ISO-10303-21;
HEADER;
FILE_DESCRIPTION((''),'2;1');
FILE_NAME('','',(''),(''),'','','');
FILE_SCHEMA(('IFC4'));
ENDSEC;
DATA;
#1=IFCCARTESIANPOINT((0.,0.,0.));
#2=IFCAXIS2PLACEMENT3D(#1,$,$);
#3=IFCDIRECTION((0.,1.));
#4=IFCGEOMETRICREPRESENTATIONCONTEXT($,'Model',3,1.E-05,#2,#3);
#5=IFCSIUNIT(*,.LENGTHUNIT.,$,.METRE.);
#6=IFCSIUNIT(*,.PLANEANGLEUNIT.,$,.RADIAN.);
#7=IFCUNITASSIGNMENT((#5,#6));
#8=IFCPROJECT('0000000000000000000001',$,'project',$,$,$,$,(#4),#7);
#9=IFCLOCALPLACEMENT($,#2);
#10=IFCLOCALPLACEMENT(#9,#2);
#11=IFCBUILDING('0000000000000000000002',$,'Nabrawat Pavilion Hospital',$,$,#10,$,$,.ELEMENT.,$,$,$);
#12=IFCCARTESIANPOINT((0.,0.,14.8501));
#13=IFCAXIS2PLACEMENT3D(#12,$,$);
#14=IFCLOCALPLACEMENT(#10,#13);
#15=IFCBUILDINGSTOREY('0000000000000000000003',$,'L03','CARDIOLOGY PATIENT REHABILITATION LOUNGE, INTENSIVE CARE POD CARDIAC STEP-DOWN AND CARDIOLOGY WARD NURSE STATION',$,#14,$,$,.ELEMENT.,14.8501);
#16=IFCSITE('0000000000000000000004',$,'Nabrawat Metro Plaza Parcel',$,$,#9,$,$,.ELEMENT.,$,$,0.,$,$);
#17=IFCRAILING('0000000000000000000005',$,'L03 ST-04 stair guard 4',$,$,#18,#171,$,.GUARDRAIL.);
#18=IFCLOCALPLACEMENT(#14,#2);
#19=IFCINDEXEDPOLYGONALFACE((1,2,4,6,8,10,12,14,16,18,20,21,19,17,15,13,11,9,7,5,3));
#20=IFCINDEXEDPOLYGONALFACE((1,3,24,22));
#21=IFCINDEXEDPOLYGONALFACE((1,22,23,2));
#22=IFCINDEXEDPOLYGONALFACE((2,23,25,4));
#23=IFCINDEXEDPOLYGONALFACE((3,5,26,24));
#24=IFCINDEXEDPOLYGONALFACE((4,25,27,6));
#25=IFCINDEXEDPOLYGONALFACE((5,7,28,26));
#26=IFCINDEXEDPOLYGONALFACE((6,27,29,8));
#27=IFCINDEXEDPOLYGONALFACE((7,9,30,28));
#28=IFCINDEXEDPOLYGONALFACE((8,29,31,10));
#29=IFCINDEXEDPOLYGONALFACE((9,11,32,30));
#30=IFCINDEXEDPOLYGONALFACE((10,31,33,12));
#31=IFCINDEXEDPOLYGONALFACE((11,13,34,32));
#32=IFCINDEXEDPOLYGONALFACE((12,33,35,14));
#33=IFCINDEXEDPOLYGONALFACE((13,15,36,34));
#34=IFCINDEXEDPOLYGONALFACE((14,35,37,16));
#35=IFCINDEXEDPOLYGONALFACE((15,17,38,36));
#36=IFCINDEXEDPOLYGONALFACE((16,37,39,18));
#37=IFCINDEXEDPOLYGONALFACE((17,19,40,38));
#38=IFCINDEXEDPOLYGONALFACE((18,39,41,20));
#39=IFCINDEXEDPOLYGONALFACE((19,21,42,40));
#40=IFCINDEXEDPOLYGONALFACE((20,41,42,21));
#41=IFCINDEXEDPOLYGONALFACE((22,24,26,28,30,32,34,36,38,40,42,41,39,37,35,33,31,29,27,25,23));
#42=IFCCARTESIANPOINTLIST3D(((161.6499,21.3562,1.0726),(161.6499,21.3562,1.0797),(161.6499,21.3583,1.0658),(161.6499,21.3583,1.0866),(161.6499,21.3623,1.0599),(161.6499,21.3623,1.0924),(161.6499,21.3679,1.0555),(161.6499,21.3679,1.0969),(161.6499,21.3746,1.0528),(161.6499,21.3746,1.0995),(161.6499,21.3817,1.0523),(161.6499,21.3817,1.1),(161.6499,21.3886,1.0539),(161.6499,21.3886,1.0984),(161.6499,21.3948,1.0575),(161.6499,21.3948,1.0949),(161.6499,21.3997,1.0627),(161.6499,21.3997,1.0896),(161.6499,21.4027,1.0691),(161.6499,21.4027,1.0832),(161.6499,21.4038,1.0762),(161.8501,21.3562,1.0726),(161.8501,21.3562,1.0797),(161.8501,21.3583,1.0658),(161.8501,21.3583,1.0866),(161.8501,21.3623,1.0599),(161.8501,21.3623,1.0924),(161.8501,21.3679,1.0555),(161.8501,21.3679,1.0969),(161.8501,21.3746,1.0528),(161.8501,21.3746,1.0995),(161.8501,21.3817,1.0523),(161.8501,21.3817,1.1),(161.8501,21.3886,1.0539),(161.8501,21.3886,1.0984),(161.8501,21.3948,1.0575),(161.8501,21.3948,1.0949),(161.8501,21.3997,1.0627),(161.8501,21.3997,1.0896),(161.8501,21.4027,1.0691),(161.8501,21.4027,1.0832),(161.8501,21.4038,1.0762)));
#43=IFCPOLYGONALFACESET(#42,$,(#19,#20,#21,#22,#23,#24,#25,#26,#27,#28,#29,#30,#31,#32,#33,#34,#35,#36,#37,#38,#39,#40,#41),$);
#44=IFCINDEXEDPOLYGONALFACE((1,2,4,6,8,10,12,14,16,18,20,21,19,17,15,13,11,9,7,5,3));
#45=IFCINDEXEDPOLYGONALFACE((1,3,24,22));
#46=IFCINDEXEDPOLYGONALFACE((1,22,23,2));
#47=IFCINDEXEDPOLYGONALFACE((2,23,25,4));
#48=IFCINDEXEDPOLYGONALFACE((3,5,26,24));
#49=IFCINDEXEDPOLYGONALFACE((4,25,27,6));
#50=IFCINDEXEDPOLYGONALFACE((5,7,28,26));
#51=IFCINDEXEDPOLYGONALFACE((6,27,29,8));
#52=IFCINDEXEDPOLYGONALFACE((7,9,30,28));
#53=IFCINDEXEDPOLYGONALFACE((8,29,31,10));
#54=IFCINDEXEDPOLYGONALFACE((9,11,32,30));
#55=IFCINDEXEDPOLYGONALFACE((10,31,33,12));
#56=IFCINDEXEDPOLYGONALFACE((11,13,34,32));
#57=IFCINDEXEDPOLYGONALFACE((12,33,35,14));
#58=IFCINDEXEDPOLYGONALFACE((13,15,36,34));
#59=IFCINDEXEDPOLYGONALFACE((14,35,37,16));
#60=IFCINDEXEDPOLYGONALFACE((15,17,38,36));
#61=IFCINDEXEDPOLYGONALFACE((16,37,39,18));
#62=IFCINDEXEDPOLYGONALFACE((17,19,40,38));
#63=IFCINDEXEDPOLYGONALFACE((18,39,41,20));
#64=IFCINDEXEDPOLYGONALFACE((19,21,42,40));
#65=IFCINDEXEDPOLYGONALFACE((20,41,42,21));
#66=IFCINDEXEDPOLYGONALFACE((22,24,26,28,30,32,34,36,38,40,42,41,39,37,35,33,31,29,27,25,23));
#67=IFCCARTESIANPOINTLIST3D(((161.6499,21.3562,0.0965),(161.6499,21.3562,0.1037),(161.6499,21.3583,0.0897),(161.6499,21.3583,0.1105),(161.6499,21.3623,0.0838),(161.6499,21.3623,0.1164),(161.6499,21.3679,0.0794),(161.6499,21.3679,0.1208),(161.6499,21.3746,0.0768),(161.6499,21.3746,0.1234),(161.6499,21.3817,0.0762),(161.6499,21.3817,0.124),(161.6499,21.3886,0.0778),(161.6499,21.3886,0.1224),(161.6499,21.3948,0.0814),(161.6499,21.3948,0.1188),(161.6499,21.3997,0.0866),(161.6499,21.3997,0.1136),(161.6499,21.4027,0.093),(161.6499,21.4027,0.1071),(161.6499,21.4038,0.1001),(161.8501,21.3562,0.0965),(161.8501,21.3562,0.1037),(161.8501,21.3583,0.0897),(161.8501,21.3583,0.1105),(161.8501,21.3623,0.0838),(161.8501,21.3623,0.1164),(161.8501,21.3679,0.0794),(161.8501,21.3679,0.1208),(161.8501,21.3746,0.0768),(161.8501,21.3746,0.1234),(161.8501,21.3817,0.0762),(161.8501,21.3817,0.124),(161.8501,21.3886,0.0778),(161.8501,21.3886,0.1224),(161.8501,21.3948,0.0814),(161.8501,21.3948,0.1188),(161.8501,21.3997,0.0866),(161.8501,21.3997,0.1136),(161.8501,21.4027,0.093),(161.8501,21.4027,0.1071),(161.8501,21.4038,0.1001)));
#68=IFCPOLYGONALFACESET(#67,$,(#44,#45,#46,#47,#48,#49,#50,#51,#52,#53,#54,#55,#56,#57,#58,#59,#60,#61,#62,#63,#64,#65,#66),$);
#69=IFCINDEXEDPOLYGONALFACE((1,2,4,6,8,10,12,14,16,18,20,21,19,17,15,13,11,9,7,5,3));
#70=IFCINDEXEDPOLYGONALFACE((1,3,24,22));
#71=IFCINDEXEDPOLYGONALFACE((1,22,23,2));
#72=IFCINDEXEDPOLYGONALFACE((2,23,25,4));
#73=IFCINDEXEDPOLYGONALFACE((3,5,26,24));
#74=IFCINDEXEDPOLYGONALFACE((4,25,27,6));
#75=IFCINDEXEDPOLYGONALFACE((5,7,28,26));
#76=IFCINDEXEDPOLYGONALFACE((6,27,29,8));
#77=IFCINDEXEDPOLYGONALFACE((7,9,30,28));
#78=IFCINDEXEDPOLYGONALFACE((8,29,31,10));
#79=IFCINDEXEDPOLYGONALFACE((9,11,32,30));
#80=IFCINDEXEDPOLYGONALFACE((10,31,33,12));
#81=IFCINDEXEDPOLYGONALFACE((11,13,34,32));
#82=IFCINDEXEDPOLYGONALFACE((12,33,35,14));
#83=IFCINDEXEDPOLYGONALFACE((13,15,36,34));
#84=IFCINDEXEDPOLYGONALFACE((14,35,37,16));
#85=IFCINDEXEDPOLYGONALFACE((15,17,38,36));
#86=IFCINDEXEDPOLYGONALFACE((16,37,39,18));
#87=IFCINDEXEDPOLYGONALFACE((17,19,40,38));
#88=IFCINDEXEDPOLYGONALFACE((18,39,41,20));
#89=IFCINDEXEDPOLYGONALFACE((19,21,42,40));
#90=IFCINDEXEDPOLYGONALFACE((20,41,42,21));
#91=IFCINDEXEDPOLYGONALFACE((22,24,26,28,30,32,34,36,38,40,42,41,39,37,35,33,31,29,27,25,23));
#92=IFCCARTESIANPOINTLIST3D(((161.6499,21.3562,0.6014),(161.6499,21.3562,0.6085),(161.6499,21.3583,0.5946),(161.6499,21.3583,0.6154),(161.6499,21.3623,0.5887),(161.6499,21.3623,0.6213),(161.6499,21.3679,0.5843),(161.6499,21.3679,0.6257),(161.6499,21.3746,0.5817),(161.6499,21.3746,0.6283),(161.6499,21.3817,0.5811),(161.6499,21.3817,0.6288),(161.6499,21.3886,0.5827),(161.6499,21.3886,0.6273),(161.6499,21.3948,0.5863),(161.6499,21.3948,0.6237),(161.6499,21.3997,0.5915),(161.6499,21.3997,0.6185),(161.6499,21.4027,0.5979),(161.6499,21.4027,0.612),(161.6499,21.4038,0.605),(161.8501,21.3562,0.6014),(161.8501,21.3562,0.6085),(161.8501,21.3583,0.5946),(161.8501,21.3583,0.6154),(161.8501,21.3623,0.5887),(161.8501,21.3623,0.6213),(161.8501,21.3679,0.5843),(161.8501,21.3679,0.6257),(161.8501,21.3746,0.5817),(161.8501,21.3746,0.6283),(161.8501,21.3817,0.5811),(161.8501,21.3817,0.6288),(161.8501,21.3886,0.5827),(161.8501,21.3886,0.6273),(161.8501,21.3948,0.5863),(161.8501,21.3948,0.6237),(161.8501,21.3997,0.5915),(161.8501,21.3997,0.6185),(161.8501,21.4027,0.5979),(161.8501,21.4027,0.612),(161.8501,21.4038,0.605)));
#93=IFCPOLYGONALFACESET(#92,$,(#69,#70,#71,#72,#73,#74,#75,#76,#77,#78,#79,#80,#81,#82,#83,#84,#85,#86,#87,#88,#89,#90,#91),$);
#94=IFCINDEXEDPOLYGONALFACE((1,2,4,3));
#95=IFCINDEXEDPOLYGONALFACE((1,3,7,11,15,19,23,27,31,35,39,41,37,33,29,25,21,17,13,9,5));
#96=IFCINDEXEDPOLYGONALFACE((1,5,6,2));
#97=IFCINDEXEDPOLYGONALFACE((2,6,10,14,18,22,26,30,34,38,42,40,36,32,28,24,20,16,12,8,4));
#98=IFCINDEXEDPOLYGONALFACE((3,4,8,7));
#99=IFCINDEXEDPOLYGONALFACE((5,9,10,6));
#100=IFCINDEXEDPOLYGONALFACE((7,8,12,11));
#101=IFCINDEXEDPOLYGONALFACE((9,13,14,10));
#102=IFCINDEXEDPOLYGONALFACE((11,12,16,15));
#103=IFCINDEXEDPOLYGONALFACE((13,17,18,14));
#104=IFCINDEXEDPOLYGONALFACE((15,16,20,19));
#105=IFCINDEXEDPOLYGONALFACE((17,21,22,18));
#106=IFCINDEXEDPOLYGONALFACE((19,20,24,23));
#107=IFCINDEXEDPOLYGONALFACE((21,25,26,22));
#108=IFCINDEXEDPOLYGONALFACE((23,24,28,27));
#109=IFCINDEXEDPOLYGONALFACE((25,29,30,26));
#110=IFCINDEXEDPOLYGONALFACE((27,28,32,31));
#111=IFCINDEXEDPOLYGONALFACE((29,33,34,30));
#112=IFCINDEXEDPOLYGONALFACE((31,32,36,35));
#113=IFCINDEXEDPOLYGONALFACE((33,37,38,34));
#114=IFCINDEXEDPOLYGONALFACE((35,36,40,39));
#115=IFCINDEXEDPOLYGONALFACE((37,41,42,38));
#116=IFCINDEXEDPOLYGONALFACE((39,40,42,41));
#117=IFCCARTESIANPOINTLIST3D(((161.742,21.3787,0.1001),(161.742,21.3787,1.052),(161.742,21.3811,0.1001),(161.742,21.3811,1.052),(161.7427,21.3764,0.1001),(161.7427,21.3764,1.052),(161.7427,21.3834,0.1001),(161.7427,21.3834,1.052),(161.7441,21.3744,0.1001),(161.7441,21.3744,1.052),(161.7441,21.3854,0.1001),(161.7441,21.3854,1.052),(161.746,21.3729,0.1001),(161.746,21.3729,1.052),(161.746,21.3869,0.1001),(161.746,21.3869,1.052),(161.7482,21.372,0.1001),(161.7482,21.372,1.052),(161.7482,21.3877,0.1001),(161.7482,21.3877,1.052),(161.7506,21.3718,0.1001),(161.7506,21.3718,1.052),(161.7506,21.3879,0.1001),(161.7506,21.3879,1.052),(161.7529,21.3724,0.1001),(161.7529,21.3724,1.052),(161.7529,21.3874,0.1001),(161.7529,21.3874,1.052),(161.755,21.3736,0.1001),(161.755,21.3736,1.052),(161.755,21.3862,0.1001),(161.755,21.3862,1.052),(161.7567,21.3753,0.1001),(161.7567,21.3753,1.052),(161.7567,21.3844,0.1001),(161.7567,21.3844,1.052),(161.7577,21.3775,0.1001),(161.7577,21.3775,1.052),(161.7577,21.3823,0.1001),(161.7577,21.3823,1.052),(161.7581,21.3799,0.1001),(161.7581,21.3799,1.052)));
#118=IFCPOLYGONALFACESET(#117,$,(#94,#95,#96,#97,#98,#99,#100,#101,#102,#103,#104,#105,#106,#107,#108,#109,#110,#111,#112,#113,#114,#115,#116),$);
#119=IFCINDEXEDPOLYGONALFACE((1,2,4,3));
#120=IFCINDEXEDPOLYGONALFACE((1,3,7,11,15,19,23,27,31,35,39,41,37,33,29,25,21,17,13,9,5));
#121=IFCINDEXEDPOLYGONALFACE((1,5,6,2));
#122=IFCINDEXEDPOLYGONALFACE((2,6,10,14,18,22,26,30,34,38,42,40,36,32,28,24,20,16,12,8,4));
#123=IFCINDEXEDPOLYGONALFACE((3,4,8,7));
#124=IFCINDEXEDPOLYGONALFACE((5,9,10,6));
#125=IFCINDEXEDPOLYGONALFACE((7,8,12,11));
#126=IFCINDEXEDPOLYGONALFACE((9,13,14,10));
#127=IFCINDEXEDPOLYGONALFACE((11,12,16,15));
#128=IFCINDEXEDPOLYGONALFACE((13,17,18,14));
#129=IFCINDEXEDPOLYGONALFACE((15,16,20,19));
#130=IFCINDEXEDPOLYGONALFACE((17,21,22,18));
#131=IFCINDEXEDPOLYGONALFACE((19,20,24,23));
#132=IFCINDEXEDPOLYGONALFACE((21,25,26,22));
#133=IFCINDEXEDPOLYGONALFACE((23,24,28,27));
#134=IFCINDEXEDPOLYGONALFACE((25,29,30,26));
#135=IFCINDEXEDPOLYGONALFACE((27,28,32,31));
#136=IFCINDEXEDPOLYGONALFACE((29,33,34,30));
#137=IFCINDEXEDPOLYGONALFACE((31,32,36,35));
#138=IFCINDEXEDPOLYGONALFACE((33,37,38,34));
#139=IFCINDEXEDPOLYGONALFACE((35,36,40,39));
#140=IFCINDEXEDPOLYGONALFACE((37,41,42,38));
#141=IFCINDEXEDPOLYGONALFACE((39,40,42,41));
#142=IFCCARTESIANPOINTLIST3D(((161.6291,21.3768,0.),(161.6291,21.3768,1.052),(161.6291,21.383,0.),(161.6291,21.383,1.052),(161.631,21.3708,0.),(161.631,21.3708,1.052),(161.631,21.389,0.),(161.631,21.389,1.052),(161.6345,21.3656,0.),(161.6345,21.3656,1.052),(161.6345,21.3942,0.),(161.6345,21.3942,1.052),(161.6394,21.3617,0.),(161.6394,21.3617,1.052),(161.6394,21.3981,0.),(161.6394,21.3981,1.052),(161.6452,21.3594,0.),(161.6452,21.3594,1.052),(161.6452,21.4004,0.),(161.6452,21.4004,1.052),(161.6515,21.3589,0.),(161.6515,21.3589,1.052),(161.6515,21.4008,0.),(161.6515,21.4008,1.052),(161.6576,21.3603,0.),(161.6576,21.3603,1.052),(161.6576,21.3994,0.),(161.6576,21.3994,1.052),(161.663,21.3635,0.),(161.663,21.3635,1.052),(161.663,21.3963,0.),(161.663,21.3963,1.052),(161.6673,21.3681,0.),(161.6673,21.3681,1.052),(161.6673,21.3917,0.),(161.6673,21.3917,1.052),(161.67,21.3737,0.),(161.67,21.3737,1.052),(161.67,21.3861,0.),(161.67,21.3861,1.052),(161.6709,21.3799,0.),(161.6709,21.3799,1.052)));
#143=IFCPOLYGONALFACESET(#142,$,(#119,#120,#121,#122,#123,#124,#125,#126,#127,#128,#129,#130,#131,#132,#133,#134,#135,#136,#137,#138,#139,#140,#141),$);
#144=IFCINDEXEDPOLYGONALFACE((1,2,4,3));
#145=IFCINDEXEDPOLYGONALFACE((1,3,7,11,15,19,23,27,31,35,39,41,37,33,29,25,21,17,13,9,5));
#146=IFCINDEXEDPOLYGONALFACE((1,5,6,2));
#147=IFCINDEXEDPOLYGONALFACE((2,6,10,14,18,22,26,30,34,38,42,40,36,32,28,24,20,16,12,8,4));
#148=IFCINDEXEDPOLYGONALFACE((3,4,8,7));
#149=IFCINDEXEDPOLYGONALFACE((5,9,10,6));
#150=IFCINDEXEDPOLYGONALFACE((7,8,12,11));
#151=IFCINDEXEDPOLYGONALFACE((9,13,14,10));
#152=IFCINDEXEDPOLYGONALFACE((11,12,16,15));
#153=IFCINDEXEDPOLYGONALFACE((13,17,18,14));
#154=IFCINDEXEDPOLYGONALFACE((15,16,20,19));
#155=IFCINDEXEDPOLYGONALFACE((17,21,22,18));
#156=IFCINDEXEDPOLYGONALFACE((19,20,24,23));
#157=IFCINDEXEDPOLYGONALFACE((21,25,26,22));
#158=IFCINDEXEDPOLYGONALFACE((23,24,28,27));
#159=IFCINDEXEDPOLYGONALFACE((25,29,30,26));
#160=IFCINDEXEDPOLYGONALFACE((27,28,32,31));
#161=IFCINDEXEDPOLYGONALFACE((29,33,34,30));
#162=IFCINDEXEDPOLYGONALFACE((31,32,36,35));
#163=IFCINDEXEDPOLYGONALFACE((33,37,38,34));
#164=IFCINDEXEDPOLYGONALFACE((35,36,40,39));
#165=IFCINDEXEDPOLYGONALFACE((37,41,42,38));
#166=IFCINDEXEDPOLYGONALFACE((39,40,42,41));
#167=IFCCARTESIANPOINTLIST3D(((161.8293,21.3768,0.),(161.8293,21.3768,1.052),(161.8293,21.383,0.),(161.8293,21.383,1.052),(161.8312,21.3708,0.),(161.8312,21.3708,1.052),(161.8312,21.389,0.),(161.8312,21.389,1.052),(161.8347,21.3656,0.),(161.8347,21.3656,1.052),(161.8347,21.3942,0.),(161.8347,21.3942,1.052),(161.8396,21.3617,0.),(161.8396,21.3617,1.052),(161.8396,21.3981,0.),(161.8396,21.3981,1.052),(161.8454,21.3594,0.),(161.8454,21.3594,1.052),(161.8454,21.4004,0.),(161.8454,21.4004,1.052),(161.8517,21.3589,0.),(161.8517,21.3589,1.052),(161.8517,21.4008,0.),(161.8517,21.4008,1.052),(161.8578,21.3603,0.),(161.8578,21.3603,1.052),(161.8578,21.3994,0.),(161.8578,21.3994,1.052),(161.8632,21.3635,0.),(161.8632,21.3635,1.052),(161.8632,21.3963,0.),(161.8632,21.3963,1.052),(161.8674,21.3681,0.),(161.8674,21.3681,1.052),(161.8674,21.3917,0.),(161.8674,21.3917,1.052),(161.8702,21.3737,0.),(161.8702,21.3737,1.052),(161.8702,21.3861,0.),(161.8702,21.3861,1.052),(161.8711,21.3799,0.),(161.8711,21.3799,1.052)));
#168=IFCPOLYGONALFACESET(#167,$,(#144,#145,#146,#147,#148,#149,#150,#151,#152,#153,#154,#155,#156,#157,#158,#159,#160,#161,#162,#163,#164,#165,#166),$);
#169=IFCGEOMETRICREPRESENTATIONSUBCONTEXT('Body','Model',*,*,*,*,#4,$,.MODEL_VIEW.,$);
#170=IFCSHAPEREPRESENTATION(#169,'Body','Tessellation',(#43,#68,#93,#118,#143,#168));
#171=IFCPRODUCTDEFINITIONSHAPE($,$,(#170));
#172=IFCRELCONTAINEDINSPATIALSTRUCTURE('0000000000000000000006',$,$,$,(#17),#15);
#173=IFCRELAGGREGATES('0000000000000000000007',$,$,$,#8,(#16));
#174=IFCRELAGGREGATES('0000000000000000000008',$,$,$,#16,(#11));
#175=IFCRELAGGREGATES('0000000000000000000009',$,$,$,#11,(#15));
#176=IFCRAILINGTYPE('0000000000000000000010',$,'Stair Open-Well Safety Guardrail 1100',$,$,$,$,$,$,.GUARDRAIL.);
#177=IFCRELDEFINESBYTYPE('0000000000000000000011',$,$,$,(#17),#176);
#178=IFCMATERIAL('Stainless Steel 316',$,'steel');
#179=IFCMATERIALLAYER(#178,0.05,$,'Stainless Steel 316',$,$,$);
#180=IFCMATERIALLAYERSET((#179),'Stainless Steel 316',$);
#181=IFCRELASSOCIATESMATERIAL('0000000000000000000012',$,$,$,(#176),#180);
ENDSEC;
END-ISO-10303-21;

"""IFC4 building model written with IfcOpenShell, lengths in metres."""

from ifc_helpers import new_model, si_unit, direction, frame, origin, origin_2d, place, context, subcontext, project, spatial, circle, extrude, material, layer, layer_set, type_object, element, save


model = new_model("IFC4")

# Units and contexts
model_context = context("Model", 3, precision=1e-05, world=origin(), true_north=direction((0.0, 1.0)))
body_context = subcontext(model_context, "Body", "Model", "MODEL_VIEW")
ifc_project = project(units=[si_unit("LENGTHUNIT", "METRE"), si_unit("PLANEANGLEUNIT", "RADIAN")], contexts=[model_context])

# Site, building, storey
site_placement = place(None, origin())
site = spatial("IfcSite", under=ifc_project, at=site_placement, Name="Nabrawat Metro Plaza Parcel", CompositionType="ELEMENT", RefElevation=0.0)
building_placement = place(site_placement, origin())
building = spatial("IfcBuilding", under=site, at=building_placement, Name="Nabrawat Pavilion Hospital", CompositionType="ELEMENT")
storey_placement = place(building_placement, frame((0.0, 0.0, 14.8501)))
storey = spatial("IfcBuildingStorey", under=building, at=storey_placement, Name="L03", Description="CARDIOLOGY PATIENT REHABILITATION LOUNGE, INTENSIVE CARE POD CARDIAC STEP-DOWN AND CARDIOLOGY WARD NURSE STATION", CompositionType="ELEMENT", Elevation=14.8501)

# Railing
ifc_material_1 = material(Name="Stainless Steel 316", Category="steel")
ifc_layer_1 = layer(ifc_material_1, 0.05, Name="Stainless Steel 316")
ifc_layer_set_1 = layer_set([ifc_layer_1], Name="Stainless Steel 316")
railing_type_1 = type_object("IfcRailingType", Name="Stair Open-Well Safety Guardrail 1100", PredefinedType="GUARDRAIL", material=ifc_layer_set_1)
railing_1_placement = place(storey_placement, frame((161.6499, 21.3799, 0.0)))
element("IfcRailing", 1, at=railing_1_placement, inside=storey, type_object=railing_type_1, Name="L03 ST-04 stair guard 4", PredefinedType="GUARDRAIL", context=body_context, shape_type="SweptSolid", body=[
    extrude(circle(Radius=0.0239, at=origin_2d()), frame((0.0, 0.0, 1.0762), z_axis=(1.0, 0.0, 0.0), x_axis=(0.0, 1.0, 0.0)), (0.0, 0.0, 1.0), 0.2002),
    extrude(circle(Radius=0.0239, at=origin_2d()), frame((0.0, 0.0, 0.1001), z_axis=(1.0, 0.0, 0.0), x_axis=(0.0, 1.0, 0.0)), (0.0, 0.0, 1.0), 0.2002),
    extrude(circle(Radius=0.0239, at=origin_2d()), frame((0.0, 0.0, 0.605), z_axis=(1.0, 0.0, 0.0), x_axis=(0.0, 1.0, 0.0)), (0.0, 0.0, 1.0), 0.2002),
    extrude(circle(Radius=0.0081, at=origin_2d()), frame((0.1001, 0.0, 0.1001)), (0.0, 0.0, 1.0), 0.9519),
    extrude(circle(Radius=0.021, at=origin_2d()), origin(), (0.0, 0.0, 1.0), 1.052),
    extrude(circle(Radius=0.021, at=origin_2d()), frame((0.2002, 0.0, 0.0)), (0.0, 0.0, 1.0), 1.052),
])

save(model, "model.ifc")
